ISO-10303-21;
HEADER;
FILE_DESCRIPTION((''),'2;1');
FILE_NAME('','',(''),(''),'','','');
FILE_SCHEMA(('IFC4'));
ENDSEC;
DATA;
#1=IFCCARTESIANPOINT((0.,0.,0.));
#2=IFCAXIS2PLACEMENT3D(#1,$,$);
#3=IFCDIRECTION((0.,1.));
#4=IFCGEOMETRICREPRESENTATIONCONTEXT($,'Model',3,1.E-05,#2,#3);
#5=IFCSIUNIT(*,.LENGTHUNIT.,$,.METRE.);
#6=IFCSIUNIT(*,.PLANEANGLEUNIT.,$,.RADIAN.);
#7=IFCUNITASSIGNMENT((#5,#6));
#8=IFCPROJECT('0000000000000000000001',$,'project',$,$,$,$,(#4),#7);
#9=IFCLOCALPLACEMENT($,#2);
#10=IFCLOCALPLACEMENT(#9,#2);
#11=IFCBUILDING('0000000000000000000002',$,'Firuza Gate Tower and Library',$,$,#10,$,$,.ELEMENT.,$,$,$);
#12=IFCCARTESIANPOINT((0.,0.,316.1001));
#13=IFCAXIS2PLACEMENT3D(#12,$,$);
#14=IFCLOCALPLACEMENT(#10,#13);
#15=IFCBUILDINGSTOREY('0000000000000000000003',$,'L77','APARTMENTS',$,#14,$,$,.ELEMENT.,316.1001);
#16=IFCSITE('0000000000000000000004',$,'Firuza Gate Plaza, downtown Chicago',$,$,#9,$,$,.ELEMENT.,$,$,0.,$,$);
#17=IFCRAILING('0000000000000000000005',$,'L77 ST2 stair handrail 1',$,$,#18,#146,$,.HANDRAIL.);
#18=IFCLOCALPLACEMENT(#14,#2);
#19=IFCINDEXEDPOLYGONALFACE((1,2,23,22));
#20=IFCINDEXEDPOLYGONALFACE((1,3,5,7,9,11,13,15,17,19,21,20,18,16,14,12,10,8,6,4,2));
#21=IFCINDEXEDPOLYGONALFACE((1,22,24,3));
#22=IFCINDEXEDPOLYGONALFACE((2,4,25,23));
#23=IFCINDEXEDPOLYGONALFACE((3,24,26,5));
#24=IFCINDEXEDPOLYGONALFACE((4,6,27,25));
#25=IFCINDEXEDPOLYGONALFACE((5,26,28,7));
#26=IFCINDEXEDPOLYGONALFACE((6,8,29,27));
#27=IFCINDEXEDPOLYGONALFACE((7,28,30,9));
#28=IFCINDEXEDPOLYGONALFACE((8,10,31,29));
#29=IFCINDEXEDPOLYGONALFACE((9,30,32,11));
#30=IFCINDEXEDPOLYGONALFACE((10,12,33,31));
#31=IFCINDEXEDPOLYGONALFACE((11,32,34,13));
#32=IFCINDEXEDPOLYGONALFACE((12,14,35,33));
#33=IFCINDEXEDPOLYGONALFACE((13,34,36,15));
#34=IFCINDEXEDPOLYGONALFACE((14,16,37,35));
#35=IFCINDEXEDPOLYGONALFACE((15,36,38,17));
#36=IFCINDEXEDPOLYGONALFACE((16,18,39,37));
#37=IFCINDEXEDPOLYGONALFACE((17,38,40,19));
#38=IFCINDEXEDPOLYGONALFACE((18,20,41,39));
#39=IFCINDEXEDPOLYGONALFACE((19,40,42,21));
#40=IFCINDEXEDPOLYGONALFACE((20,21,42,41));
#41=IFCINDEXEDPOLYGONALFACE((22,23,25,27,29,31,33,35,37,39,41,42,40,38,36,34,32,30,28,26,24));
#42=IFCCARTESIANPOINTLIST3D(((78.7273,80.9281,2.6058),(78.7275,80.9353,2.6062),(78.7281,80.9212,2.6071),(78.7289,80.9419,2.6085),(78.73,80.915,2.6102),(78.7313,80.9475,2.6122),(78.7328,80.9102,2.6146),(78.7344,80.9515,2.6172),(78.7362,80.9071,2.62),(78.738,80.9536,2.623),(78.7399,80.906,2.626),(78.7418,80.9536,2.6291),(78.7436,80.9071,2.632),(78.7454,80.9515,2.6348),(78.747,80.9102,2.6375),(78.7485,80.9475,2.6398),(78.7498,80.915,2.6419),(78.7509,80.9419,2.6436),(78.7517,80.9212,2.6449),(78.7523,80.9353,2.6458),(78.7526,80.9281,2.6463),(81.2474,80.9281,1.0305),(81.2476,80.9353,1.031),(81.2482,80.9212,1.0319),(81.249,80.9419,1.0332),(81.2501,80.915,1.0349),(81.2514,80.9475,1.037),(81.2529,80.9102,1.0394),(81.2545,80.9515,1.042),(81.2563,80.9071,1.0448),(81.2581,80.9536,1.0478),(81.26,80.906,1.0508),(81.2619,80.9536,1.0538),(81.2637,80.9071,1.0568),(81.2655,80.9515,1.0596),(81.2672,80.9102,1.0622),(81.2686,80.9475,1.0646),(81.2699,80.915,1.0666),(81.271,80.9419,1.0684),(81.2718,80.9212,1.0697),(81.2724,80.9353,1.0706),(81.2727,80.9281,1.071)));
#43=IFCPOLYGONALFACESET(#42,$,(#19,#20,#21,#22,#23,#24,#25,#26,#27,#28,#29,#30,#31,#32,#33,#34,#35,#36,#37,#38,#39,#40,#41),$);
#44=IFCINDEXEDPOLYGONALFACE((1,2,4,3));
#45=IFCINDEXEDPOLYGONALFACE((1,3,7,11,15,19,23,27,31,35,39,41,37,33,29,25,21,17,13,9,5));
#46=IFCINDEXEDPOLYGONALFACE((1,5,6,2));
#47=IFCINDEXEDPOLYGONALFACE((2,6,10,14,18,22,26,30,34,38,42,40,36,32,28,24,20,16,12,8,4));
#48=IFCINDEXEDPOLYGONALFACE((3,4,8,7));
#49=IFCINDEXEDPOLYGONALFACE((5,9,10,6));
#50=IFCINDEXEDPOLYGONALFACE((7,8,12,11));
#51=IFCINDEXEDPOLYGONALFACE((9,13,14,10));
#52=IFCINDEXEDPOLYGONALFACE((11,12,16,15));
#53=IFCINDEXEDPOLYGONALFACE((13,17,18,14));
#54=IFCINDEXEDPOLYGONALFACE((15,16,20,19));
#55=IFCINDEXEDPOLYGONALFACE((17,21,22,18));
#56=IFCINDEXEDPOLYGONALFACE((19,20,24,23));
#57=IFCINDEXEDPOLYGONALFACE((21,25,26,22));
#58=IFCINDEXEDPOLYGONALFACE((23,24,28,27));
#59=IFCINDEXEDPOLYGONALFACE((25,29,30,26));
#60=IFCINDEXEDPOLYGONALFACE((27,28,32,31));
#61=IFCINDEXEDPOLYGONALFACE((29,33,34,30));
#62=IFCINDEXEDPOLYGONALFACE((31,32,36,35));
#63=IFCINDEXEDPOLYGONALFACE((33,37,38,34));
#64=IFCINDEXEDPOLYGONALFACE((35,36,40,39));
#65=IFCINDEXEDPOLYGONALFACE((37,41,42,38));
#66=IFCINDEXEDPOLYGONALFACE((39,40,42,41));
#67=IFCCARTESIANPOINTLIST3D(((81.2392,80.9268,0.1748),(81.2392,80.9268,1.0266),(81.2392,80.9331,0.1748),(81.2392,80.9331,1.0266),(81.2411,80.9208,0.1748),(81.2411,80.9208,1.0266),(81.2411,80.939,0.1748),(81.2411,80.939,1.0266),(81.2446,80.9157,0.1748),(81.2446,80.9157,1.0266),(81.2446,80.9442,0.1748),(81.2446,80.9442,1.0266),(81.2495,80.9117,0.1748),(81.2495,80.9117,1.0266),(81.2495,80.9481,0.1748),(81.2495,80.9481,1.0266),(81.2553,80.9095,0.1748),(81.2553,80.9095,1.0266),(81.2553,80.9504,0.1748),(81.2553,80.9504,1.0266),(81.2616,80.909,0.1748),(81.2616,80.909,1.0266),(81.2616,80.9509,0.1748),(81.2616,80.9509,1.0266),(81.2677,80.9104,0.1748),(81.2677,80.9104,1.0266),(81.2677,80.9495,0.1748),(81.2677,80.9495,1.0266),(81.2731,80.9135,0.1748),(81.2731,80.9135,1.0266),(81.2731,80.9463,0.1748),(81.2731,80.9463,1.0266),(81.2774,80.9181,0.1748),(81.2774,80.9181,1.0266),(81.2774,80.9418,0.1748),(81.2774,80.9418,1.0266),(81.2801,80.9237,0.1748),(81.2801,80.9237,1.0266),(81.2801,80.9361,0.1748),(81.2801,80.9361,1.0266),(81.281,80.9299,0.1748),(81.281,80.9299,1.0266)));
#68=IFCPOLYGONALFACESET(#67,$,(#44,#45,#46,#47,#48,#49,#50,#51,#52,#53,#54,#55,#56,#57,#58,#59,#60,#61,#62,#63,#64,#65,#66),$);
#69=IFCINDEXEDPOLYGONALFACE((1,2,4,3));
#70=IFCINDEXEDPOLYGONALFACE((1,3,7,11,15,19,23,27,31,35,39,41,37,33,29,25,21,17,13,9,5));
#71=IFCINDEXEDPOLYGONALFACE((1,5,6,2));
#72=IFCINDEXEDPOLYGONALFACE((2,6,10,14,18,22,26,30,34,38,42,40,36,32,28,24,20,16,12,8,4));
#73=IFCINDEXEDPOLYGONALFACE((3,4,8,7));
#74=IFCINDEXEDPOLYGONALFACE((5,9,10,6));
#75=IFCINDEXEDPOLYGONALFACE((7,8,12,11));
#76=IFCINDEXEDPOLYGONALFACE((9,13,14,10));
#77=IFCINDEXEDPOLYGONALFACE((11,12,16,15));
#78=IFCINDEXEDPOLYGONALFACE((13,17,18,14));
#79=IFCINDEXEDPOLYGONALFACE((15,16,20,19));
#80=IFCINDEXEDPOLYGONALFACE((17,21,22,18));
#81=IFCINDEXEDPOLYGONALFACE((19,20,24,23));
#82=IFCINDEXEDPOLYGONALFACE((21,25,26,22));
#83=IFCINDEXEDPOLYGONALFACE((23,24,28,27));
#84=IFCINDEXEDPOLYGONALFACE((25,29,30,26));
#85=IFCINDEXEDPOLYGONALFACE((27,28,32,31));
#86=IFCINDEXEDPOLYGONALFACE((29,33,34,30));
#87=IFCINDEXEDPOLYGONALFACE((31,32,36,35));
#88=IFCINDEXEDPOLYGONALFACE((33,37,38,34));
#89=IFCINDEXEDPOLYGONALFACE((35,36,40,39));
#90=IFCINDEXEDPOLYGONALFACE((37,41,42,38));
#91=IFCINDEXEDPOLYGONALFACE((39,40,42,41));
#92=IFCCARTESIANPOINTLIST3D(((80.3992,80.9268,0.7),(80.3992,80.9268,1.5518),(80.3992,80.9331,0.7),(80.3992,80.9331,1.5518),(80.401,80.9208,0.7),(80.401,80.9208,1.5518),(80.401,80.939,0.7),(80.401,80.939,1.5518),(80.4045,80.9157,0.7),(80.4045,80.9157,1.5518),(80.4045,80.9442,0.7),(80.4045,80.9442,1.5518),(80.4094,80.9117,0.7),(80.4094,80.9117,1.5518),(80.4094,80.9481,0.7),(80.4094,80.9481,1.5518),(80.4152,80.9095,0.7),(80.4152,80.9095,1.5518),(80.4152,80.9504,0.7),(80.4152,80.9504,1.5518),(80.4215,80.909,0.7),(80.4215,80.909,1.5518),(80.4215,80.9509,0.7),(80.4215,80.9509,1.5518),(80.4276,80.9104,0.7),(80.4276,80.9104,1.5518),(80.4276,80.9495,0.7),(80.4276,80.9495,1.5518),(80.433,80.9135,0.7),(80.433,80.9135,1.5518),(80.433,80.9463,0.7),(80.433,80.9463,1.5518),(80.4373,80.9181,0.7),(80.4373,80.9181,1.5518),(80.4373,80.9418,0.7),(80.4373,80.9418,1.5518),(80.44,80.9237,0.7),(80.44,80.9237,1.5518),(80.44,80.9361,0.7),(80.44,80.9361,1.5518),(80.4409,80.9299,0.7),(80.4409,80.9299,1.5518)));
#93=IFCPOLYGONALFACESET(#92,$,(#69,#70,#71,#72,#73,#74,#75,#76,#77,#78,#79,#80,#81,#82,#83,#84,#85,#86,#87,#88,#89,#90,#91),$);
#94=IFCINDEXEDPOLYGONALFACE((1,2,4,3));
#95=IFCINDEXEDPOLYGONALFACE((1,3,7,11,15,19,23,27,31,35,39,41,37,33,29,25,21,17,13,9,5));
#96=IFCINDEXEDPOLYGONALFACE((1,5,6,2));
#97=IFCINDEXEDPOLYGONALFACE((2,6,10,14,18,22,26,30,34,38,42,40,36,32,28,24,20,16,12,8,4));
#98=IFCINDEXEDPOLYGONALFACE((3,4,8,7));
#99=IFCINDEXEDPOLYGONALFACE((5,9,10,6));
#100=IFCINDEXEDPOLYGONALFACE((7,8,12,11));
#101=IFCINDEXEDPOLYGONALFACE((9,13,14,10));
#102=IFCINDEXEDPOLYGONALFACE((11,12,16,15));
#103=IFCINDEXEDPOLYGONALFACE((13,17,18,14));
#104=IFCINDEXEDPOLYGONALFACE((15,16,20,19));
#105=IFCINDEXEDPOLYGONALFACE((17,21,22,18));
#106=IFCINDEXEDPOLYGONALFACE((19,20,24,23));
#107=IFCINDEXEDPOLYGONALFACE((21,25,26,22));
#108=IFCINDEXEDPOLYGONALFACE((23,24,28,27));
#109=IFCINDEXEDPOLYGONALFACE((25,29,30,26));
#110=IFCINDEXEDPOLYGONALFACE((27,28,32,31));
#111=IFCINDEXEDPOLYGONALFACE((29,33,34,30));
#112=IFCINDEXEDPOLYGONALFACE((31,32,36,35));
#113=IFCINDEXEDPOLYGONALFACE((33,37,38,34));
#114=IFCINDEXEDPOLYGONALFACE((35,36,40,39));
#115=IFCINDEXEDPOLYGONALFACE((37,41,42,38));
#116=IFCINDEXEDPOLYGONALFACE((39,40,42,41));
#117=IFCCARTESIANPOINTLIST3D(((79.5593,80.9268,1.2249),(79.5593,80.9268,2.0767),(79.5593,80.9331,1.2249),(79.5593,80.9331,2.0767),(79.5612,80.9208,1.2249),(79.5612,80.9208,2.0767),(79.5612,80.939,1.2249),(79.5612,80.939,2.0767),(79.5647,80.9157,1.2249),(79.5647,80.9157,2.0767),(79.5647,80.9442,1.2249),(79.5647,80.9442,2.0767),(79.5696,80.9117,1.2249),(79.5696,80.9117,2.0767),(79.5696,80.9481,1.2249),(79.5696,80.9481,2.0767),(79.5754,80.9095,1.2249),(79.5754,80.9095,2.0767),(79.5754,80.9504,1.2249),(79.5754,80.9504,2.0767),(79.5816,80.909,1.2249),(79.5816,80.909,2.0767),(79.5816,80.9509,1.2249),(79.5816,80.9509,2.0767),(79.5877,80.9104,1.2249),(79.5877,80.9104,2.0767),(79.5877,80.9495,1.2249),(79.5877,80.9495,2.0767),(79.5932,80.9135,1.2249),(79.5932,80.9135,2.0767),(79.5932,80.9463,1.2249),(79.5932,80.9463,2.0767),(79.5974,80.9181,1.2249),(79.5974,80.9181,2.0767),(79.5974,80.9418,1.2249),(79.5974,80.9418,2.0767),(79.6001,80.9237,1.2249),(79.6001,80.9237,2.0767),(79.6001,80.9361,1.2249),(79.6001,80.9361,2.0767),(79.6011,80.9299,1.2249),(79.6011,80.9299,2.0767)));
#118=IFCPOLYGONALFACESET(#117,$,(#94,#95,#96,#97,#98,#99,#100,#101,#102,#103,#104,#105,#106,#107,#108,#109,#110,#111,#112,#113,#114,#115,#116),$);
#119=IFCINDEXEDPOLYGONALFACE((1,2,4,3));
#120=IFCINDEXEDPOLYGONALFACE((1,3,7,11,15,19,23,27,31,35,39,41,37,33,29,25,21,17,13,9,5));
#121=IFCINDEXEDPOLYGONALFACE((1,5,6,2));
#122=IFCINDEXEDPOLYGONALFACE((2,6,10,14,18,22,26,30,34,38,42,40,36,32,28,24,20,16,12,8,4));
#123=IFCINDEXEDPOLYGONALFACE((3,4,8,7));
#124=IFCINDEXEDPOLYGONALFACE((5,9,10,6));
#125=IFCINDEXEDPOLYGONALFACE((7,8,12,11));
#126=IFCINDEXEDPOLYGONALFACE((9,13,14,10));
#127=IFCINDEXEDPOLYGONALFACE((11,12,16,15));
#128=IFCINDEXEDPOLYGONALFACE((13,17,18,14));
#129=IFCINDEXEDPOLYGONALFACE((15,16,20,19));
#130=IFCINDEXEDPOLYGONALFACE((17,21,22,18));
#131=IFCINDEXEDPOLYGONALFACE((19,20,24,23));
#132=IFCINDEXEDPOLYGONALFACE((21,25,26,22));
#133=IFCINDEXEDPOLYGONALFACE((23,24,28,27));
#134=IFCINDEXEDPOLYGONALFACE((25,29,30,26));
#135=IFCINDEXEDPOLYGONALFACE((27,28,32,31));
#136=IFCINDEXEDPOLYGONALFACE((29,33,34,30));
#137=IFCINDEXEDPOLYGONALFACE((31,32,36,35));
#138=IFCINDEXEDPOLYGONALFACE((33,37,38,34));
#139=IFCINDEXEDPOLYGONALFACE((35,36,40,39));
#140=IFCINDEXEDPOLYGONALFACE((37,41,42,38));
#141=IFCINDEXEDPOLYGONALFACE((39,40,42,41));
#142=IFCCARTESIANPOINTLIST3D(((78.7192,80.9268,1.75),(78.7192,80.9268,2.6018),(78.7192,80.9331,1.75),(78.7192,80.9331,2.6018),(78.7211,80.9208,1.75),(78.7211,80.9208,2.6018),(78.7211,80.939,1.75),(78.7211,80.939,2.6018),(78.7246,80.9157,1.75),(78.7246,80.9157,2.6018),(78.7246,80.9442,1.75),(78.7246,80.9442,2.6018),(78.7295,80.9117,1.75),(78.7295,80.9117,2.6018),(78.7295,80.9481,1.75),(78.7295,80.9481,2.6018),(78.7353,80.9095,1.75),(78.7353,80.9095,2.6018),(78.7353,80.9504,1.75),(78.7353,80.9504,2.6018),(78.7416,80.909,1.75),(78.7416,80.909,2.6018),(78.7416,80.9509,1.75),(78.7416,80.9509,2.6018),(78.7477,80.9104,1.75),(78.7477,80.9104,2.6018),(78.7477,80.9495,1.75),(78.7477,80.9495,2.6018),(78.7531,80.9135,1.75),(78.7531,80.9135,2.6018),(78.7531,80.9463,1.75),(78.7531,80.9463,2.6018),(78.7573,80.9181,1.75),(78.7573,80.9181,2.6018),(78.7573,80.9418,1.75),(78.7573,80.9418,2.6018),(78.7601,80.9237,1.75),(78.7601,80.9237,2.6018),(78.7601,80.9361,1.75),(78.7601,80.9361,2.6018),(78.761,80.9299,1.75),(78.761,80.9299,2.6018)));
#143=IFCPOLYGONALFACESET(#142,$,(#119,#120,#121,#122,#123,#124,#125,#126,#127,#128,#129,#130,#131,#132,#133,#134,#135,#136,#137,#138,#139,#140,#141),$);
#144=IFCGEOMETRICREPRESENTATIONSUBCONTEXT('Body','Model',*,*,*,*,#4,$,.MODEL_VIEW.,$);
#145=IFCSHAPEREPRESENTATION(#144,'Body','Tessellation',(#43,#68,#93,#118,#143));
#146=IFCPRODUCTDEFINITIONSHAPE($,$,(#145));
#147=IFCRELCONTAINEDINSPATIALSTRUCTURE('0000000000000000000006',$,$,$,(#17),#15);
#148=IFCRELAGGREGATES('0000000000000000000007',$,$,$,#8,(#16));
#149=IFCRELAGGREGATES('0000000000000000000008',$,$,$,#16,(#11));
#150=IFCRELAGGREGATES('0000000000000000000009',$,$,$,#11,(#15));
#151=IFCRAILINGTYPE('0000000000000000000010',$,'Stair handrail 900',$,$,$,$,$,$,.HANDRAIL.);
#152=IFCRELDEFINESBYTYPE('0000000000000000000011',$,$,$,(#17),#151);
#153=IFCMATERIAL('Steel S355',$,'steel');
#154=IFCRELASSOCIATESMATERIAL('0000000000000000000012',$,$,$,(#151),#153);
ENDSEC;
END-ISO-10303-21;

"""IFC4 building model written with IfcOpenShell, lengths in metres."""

from ifc_helpers import new_model, si_unit, direction, frame, origin, origin_2d, place, context, subcontext, project, spatial, circle, extrude, material, type_object, element, save


model = new_model("IFC4")

# Units and contexts
model_context = context("Model", 3, precision=1e-05, world=origin(), true_north=direction((0.0, 1.0)))
body_context = subcontext(model_context, "Body", "Model", "MODEL_VIEW")
ifc_project = project(units=[si_unit("LENGTHUNIT", "METRE"), si_unit("PLANEANGLEUNIT", "RADIAN")], contexts=[model_context])

# Site, building, storey
site_placement = place(None, origin())
site = spatial("IfcSite", under=ifc_project, at=site_placement, Name="Firuza Gate Plaza, downtown Chicago", CompositionType="ELEMENT", RefElevation=0.0)
building_placement = place(site_placement, origin())
building = spatial("IfcBuilding", under=site, at=building_placement, Name="Firuza Gate Tower and Library", CompositionType="ELEMENT")
storey_placement = place(building_placement, frame((0.0, 0.0, 316.1001)))
storey = spatial("IfcBuildingStorey", under=building, at=storey_placement, Name="L77", Description="APARTMENTS", CompositionType="ELEMENT", Elevation=316.1001)

# Railing
ifc_material_1 = material(Name="Steel S355", Category="steel")
railing_type_1 = type_object("IfcRailingType", Name="Stair handrail 900", PredefinedType="HANDRAIL", material=ifc_material_1)
railing_1_placement = place(storey_placement, frame((81.26, 80.9299, 0.1748)))
element("IfcRailing", 1, at=railing_1_placement, inside=storey, type_object=railing_type_1, Name="L77 ST2 stair handrail 1", PredefinedType="HANDRAIL", context=body_context, shape_type="SweptSolid", body=[
    extrude(circle(Radius=0.0239, at=origin_2d()), frame((0.0, 0.0, 0.876), z_axis=(-0.847971, 0.0, 0.530043), x_axis=(0.0, -1.0, 0.0)), (0.0, 0.0, 1.0), 2.9719),
    extrude(circle(Radius=0.021, at=origin_2d()), origin(), (0.0, 0.0, 1.0), 0.8518),
    extrude(circle(Radius=0.021, at=origin_2d()), frame((-0.8401, 0.0, 0.5251)), (0.0, 0.0, 1.0), 0.8518),
    extrude(circle(Radius=0.021, at=origin_2d()), frame((-1.6799, 0.0, 1.05)), (0.0, 0.0, 1.0), 0.8518),
    extrude(circle(Radius=0.021, at=origin_2d()), frame((-2.52, 0.0, 1.5752)), (0.0, 0.0, 1.0), 0.8518),
])

save(model, "model.ifc")
